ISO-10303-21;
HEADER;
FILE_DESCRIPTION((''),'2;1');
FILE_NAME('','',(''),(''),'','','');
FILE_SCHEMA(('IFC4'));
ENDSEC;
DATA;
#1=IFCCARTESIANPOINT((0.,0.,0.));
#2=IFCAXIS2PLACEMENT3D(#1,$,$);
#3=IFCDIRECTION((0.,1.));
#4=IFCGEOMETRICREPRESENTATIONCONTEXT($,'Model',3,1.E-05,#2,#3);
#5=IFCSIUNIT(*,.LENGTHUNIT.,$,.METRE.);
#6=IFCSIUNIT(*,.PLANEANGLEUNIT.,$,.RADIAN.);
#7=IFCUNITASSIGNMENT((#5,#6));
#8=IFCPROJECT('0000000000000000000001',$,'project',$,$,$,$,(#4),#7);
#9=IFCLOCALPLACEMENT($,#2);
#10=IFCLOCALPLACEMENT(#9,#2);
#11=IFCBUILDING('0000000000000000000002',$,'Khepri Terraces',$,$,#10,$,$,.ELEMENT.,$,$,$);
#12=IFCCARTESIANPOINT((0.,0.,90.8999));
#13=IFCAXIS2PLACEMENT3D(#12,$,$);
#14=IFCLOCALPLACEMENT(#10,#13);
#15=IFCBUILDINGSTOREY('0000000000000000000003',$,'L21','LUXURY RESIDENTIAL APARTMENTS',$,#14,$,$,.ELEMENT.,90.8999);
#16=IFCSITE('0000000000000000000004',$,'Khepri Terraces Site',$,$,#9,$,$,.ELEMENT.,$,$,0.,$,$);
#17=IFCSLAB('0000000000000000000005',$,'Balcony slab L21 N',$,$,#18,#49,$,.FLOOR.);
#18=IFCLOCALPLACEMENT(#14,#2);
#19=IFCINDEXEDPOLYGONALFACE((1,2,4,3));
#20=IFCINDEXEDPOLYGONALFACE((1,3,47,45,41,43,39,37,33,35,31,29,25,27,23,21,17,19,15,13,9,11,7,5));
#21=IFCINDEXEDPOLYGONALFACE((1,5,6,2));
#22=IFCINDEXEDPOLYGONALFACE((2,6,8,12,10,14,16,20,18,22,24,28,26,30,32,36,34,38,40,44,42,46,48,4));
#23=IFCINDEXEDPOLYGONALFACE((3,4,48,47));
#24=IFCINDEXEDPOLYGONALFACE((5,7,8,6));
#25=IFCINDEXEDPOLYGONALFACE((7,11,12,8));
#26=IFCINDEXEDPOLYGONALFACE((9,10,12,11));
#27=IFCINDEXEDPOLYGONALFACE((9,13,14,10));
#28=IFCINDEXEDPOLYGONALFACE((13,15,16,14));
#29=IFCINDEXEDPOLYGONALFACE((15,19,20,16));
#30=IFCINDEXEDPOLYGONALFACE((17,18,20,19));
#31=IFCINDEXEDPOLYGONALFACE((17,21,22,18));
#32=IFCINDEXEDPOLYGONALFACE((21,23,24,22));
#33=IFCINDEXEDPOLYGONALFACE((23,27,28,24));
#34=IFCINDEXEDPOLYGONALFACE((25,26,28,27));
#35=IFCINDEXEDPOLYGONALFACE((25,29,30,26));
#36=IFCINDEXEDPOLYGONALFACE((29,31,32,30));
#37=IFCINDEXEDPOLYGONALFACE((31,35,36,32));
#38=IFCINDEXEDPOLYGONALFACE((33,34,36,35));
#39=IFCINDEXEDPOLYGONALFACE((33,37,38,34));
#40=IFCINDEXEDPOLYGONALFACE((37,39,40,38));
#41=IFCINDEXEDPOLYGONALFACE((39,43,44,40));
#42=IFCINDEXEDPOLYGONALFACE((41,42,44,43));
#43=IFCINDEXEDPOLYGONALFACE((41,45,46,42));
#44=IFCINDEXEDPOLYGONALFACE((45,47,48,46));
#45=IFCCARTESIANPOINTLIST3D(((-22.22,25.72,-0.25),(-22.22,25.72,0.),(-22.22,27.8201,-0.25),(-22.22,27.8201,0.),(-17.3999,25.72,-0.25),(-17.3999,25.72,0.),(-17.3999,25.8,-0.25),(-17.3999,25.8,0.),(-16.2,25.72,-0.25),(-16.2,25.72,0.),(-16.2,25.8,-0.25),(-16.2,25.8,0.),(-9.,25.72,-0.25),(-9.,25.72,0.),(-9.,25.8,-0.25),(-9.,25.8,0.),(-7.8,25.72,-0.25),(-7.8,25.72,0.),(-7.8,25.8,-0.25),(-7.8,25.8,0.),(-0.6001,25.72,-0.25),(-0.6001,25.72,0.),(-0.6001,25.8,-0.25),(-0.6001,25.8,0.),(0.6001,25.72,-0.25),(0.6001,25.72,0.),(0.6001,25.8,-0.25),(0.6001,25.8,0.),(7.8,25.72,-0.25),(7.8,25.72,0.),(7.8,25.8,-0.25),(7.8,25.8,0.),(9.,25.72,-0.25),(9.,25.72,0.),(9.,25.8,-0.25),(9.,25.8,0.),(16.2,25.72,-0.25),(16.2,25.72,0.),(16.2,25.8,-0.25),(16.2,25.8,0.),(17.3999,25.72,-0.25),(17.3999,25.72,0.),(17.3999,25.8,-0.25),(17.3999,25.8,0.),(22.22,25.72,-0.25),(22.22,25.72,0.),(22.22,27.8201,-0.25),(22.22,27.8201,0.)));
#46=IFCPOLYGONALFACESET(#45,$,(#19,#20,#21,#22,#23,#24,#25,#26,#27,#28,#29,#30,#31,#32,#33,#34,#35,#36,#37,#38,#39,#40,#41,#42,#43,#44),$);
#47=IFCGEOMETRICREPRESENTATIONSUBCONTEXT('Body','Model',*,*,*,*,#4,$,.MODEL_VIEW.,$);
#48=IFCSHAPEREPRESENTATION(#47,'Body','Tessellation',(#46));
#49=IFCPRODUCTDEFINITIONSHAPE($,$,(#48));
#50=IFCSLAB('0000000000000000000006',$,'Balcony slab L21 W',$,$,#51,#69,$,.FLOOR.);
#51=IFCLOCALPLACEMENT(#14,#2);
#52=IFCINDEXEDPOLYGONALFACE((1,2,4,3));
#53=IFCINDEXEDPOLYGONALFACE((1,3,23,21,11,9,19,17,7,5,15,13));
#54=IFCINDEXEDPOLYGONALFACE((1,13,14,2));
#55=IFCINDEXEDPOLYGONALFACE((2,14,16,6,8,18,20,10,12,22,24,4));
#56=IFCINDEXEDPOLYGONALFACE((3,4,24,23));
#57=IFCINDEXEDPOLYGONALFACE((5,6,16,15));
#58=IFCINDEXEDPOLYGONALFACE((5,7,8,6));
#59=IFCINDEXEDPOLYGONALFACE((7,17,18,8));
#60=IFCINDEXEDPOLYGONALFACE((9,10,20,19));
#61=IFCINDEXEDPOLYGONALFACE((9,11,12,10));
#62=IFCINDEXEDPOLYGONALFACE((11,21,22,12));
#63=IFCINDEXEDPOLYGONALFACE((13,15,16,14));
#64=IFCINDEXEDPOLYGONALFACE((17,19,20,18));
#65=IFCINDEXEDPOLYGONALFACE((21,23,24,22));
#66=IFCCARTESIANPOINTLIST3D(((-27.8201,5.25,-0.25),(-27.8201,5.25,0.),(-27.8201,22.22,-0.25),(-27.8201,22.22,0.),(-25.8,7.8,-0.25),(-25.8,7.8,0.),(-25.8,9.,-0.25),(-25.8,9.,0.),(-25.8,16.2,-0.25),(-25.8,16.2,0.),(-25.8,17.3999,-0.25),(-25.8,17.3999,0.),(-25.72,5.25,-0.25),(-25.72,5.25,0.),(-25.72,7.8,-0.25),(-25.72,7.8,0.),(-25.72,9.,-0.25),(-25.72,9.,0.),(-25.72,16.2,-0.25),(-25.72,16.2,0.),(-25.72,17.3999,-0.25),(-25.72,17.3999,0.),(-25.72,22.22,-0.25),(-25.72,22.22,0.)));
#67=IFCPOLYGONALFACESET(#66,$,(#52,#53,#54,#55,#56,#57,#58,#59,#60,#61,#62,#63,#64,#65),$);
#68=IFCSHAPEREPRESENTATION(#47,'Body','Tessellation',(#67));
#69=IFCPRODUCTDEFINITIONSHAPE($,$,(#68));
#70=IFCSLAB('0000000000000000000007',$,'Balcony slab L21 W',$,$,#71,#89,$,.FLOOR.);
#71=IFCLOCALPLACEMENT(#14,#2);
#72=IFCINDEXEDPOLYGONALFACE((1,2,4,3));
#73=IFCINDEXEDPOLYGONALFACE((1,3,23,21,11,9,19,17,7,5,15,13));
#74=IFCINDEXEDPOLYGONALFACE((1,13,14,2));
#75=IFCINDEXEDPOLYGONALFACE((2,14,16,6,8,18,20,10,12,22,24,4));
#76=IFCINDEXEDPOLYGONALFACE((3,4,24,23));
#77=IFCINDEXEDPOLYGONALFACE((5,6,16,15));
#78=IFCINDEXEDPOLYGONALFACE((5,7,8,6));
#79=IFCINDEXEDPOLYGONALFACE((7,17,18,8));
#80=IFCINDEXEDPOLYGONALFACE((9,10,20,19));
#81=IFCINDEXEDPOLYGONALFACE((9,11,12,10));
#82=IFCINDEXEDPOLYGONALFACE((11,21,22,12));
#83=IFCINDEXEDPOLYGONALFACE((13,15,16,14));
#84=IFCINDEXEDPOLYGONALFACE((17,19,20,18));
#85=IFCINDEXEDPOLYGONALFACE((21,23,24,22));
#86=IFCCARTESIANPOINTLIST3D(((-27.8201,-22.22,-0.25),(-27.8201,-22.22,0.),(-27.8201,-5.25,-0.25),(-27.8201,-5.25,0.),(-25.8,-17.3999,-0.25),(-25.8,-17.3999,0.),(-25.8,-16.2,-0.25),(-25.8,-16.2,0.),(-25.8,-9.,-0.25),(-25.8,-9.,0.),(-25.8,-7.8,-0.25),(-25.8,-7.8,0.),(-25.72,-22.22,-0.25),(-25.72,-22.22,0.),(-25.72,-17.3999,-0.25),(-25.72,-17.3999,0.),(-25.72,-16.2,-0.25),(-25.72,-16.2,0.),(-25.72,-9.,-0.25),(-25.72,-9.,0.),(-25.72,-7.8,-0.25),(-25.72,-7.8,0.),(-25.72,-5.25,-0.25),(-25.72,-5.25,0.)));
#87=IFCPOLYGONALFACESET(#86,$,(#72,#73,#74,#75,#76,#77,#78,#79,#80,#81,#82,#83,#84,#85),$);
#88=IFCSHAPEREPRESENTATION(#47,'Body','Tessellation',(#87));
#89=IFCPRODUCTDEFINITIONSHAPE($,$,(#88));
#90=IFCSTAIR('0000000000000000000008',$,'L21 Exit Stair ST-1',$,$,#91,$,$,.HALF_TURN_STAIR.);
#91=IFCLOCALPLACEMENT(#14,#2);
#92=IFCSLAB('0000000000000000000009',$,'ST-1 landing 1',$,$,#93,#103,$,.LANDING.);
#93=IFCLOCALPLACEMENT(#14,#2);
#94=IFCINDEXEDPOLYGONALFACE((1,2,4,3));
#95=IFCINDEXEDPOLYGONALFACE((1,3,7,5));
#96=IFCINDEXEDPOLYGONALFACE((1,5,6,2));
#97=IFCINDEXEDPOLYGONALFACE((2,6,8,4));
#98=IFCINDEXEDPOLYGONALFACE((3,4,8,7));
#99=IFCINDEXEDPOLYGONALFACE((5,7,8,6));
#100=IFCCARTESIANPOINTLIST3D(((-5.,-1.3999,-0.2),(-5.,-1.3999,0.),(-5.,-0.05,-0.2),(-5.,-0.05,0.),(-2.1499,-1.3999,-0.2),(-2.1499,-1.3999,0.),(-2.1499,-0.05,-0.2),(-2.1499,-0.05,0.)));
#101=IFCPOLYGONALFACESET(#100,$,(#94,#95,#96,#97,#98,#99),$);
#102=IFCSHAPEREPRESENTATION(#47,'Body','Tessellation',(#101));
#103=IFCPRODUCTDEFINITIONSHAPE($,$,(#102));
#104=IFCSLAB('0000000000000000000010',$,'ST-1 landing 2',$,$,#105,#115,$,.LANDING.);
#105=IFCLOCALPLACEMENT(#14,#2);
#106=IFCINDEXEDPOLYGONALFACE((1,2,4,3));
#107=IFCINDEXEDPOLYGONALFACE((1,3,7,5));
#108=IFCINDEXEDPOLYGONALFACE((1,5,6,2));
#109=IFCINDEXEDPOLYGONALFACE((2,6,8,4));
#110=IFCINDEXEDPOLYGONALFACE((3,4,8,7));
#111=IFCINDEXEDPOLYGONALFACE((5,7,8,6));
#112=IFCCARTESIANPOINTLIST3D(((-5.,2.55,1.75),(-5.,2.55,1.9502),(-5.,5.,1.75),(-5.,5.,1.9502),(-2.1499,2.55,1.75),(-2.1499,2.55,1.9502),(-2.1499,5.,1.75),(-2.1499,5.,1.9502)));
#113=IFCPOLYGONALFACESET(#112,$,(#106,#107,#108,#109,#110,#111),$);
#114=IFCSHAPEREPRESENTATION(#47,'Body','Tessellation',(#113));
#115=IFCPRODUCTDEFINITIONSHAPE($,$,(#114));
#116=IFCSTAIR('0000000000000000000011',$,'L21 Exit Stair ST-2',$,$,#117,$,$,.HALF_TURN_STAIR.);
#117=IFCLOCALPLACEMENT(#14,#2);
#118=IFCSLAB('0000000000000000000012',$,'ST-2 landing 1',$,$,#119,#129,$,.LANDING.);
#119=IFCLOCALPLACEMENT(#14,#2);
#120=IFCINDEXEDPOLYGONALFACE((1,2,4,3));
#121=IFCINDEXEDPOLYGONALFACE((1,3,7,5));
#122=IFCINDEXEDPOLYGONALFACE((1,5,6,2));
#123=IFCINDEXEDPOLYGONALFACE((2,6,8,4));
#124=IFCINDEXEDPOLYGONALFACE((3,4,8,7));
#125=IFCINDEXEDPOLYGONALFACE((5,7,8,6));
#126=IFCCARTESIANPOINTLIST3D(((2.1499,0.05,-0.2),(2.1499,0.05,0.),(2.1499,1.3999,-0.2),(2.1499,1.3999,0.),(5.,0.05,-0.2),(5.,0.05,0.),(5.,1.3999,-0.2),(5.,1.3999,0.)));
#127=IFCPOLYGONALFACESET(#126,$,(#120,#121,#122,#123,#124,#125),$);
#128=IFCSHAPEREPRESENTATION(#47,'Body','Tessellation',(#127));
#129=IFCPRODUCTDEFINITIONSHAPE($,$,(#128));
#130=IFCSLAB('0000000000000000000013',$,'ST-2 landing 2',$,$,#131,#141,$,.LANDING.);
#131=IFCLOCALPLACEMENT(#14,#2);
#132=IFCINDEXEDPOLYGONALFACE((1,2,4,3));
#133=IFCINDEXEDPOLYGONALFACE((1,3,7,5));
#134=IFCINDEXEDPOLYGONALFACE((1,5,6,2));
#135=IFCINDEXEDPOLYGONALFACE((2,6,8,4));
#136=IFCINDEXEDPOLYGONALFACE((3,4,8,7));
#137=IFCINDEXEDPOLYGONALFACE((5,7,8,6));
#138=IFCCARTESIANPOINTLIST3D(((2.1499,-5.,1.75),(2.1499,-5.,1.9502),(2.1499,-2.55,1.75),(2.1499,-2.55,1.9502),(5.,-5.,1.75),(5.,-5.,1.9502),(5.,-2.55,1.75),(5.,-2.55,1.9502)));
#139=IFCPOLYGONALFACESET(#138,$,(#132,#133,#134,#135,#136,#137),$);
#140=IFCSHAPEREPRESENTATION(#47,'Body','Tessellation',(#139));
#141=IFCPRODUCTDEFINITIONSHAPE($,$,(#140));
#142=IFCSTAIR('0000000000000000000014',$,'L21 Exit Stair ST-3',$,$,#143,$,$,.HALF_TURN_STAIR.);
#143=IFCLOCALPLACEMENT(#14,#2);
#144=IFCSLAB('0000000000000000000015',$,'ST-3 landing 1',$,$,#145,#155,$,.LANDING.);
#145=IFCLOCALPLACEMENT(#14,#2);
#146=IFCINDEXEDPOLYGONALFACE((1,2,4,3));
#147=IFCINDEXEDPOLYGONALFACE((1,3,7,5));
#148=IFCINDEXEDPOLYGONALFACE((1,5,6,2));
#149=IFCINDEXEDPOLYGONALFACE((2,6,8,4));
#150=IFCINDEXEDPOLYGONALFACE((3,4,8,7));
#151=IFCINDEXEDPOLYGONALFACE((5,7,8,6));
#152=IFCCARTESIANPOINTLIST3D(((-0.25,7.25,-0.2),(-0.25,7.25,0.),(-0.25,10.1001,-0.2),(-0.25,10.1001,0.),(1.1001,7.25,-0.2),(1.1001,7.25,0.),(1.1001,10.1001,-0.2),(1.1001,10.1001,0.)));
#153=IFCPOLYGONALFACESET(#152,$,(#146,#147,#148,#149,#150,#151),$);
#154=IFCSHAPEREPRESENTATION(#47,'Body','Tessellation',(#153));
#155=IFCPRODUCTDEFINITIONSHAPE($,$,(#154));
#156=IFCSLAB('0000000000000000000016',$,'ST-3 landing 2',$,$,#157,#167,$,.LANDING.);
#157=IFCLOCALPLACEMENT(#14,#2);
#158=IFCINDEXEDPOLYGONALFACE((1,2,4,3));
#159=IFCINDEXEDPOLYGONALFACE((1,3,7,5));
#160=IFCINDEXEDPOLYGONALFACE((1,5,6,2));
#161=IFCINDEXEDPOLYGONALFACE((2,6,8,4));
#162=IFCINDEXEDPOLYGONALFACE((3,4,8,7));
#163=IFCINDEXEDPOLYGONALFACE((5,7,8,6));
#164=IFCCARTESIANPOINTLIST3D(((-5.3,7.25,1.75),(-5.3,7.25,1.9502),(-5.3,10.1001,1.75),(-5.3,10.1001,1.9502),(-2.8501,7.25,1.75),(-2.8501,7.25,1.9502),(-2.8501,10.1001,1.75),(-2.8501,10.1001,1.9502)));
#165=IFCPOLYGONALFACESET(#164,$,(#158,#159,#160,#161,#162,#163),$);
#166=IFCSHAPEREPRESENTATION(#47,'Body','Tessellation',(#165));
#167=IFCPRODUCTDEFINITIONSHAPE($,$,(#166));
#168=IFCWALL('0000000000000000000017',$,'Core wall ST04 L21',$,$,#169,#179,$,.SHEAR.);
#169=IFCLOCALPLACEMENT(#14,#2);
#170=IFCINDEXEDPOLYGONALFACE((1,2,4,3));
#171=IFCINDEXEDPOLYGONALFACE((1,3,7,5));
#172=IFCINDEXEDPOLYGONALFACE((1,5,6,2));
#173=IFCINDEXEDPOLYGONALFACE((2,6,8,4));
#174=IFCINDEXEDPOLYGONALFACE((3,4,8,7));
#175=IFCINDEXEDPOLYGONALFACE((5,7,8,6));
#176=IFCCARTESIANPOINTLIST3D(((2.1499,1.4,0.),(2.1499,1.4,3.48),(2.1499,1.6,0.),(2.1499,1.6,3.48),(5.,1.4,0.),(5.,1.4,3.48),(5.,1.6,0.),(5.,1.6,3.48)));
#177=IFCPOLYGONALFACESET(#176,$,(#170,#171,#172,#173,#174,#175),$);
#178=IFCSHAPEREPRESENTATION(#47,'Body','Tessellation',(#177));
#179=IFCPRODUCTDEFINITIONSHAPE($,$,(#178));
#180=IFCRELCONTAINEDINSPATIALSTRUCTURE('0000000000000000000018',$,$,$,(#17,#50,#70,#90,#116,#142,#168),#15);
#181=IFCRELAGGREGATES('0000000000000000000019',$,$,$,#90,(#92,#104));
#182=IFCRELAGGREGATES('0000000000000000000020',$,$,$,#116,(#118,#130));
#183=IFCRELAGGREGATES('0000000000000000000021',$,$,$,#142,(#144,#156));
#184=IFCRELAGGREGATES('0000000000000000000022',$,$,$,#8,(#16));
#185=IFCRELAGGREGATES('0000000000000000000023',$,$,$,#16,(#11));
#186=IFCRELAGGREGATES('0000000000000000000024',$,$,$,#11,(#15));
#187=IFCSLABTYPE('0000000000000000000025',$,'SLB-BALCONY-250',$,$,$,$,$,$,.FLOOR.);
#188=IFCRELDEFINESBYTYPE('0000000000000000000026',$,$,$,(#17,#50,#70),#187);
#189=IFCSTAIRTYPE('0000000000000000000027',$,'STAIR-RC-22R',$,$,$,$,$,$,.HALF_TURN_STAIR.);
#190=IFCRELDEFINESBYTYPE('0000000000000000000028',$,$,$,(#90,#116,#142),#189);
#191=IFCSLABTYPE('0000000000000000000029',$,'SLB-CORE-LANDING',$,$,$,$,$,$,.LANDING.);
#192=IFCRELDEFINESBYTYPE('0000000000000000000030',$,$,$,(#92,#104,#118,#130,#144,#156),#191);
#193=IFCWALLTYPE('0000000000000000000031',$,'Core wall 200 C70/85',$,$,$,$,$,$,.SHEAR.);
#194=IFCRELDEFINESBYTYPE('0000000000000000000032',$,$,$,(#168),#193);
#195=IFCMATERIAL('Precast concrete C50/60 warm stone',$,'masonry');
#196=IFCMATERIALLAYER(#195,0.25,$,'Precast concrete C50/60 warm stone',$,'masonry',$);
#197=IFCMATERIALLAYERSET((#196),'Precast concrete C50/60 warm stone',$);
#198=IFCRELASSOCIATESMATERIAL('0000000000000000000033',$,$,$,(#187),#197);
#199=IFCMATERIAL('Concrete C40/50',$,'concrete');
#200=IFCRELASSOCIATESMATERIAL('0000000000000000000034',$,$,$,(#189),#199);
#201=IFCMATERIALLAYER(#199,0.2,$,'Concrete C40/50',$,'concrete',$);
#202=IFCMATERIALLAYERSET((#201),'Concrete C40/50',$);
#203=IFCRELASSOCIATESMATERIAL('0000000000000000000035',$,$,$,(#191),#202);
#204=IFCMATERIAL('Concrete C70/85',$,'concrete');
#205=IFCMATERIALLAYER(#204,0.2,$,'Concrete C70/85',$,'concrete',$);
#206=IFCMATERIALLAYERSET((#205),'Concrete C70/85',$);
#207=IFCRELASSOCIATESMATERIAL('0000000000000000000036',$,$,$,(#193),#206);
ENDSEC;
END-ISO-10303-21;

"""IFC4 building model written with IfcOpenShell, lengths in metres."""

from ifc_helpers import new_model, si_unit, direction, frame, frame_2d, origin, place, context, subcontext, project, spatial, polyline, rectangle, outline, extrude, material, layer, layer_set, type_object, element, aggregate, save


model = new_model("IFC4")

# Units and contexts
model_context = context("Model", 3, precision=1e-05, world=origin(), true_north=direction((0.0, 1.0)))
body_context = subcontext(model_context, "Body", "Model", "MODEL_VIEW")
ifc_project = project(units=[si_unit("LENGTHUNIT", "METRE"), si_unit("PLANEANGLEUNIT", "RADIAN")], contexts=[model_context])

# Site, building, storey
site_placement = place(None, origin())
site = spatial("IfcSite", under=ifc_project, at=site_placement, Name="Khepri Terraces Site", CompositionType="ELEMENT", RefElevation=0.0)
building_placement = place(site_placement, origin())
building = spatial("IfcBuilding", under=site, at=building_placement, Name="Khepri Terraces", CompositionType="ELEMENT")
storey_placement = place(building_placement, frame((0.0, 0.0, 90.8999)))
storey = spatial("IfcBuildingStorey", under=building, at=storey_placement, Name="L21", Description="LUXURY RESIDENTIAL APARTMENTS", CompositionType="ELEMENT", Elevation=90.8999)

# Slabs
ifc_material_1 = material(Name="Precast concrete C50/60 warm stone", Category="masonry")
ifc_layer_1 = layer(ifc_material_1, 0.25, Name="Precast concrete C50/60 warm stone", Category="masonry")
ifc_layer_set_1 = layer_set([ifc_layer_1], Name="Precast concrete C50/60 warm stone")
slab_type_1 = type_object("IfcSlabType", Name="SLB-BALCONY-250", PredefinedType="FLOOR", material=ifc_layer_set_1)
slab_1_placement = place(storey_placement, frame((0.0, 0.0, -0.25)))
element("IfcSlab", 1, at=slab_1_placement, inside=storey, type_object=slab_type_1, Name="Balcony slab L21 N", PredefinedType="FLOOR", context=body_context, shape_type="SweptSolid", body=[
    extrude(outline(polyline([(17.3999, 25.72), (22.22, 25.72), (22.22, 27.8201), (-22.22, 27.8201), (-22.22, 25.72), (-17.3999, 25.72), (-17.3999, 25.8), (-16.2, 25.8), (-16.2, 25.72), (-9.0, 25.72), (-9.0, 25.8), (-7.8, 25.8), (-7.8, 25.72), (-0.6001, 25.72), (-0.6001, 25.8), (0.6001, 25.8), (0.6001, 25.72), (7.8, 25.72), (7.8, 25.8), (9.0, 25.8), (9.0, 25.72), (16.2, 25.72), (16.2, 25.8), (17.3999, 25.8), (17.3999, 25.72)])), origin(), (0.0, 0.0, 1.0), 0.25),
])
slab_2_placement = place(storey_placement, frame((0.0, 0.0, -0.25)))
element("IfcSlab", 2, at=slab_2_placement, inside=storey, type_object=slab_type_1, Name="Balcony slab L21 W", PredefinedType="FLOOR", context=body_context, shape_type="SweptSolid", body=[
    extrude(outline(polyline([(-25.72, 17.3999), (-25.72, 22.22), (-27.8201, 22.22), (-27.8201, 5.25), (-25.72, 5.25), (-25.72, 7.8), (-25.8, 7.8), (-25.8, 9.0), (-25.72, 9.0), (-25.72, 16.2), (-25.8, 16.2), (-25.8, 17.3999), (-25.72, 17.3999)])), origin(), (0.0, 0.0, 1.0), 0.25),
])
slab_3_placement = place(storey_placement, frame((0.0, 0.0, -0.25)))
element("IfcSlab", 3, at=slab_3_placement, inside=storey, type_object=slab_type_1, Name="Balcony slab L21 W", PredefinedType="FLOOR", context=body_context, shape_type="SweptSolid", body=[
    extrude(outline(polyline([(-25.72, -7.8), (-25.72, -5.25), (-27.8201, -5.25), (-27.8201, -22.22), (-25.72, -22.22), (-25.72, -17.3999), (-25.8, -17.3999), (-25.8, -16.2), (-25.72, -16.2), (-25.72, -9.0), (-25.8, -9.0), (-25.8, -7.8), (-25.72, -7.8)])), origin(), (0.0, 0.0, 1.0), 0.25),
])

# Stairs, slabs
ifc_material_2 = material(Name="Concrete C40/50", Category="concrete")
stair_type = type_object("IfcStairType", Name="STAIR-RC-22R", PredefinedType="HALF_TURN_STAIR", material=ifc_material_2)
stair_1_placement = place(storey_placement, origin())
stair_1 = element("IfcStair", 4, at=stair_1_placement, inside=storey, type_object=stair_type, Name="L21 Exit Stair ST-1", PredefinedType="HALF_TURN_STAIR")
ifc_layer_2 = layer(ifc_material_2, 0.2, Name="Concrete C40/50", Category="concrete")
ifc_layer_set_2 = layer_set([ifc_layer_2], Name="Concrete C40/50")
slab_type_2 = type_object("IfcSlabType", Name="SLB-CORE-LANDING", PredefinedType="LANDING", material=ifc_layer_set_2)
slab_4_placement = place(storey_placement, frame((0.0, 0.0, -0.2)))
slab_4 = element("IfcSlab", 5, at=slab_4_placement, type_object=slab_type_2, Name="ST-1 landing 1", PredefinedType="LANDING", context=body_context, shape_type="SweptSolid", body=[
    extrude(outline(polyline([(-2.1499, -1.3999), (-2.1499, -0.05), (-5.0, -0.05), (-5.0, -1.3999), (-2.1499, -1.3999)])), origin(), (0.0, 0.0, 1.0), 0.2),
])
slab_5_placement = place(storey_placement, frame((0.0, 0.0, 1.75)))
slab_5 = element("IfcSlab", 6, at=slab_5_placement, type_object=slab_type_2, Name="ST-1 landing 2", PredefinedType="LANDING", context=body_context, shape_type="SweptSolid", body=[
    extrude(outline(polyline([(-2.1499, 2.55), (-2.1499, 5.0), (-5.0, 5.0), (-5.0, 2.55), (-2.1499, 2.55)])), origin(), (0.0, 0.0, 1.0), 0.2002),
])
aggregate(stair_1, [slab_4, slab_5])
stair_2_placement = place(storey_placement, origin())
stair_2 = element("IfcStair", 7, at=stair_2_placement, inside=storey, type_object=stair_type, Name="L21 Exit Stair ST-2", PredefinedType="HALF_TURN_STAIR")
slab_6_placement = place(storey_placement, frame((0.0, 0.0, -0.2)))
slab_6 = element("IfcSlab", 8, at=slab_6_placement, type_object=slab_type_2, Name="ST-2 landing 1", PredefinedType="LANDING", context=body_context, shape_type="SweptSolid", body=[
    extrude(outline(polyline([(2.1499, 1.3999), (2.1499, 0.05), (5.0, 0.05), (5.0, 1.3999), (2.1499, 1.3999)])), origin(), (0.0, 0.0, 1.0), 0.2),
])
slab_7_placement = place(storey_placement, frame((0.0, 0.0, 1.75)))
slab_7 = element("IfcSlab", 9, at=slab_7_placement, type_object=slab_type_2, Name="ST-2 landing 2", PredefinedType="LANDING", context=body_context, shape_type="SweptSolid", body=[
    extrude(outline(polyline([(2.1499, -2.55), (2.1499, -5.0), (5.0, -5.0), (5.0, -2.55), (2.1499, -2.55)])), origin(), (0.0, 0.0, 1.0), 0.2002),
])
aggregate(stair_2, [slab_6, slab_7])
stair_3_placement = place(storey_placement, origin())
stair_3 = element("IfcStair", 10, at=stair_3_placement, inside=storey, type_object=stair_type, Name="L21 Exit Stair ST-3", PredefinedType="HALF_TURN_STAIR")
slab_8_placement = place(storey_placement, frame((0.0, 0.0, -0.2)))
slab_8 = element("IfcSlab", 11, at=slab_8_placement, type_object=slab_type_2, Name="ST-3 landing 1", PredefinedType="LANDING", context=body_context, shape_type="SweptSolid", body=[
    extrude(outline(polyline([(1.1001, 10.1001), (-0.25, 10.1001), (-0.25, 7.25), (1.1001, 7.25), (1.1001, 10.1001)])), origin(), (0.0, 0.0, 1.0), 0.2),
])
slab_9_placement = place(storey_placement, frame((0.0, 0.0, 1.75)))
slab_9 = element("IfcSlab", 12, at=slab_9_placement, type_object=slab_type_2, Name="ST-3 landing 2", PredefinedType="LANDING", context=body_context, shape_type="SweptSolid", body=[
    extrude(outline(polyline([(-2.8501, 10.1001), (-5.3, 10.1001), (-5.3, 7.25), (-2.8501, 7.25), (-2.8501, 10.1001)])), origin(), (0.0, 0.0, 1.0), 0.2002),
])
aggregate(stair_3, [slab_8, slab_9])

# Wall
ifc_material_3 = material(Name="Concrete C70/85", Category="concrete")
ifc_layer_3 = layer(ifc_material_3, 0.2, Name="Concrete C70/85", Category="concrete")
ifc_layer_set_3 = layer_set([ifc_layer_3], Name="Concrete C70/85")
wall_type = type_object("IfcWallType", Name="Core wall 200 C70/85", PredefinedType="SHEAR", material=ifc_layer_set_3)
wall_1_placement = place(storey_placement, frame((2.1499, 1.5, 0.0), z_axis=(0.0, 0.0, 1.0), x_axis=(1.0, 0.0, 0.0)))
element("IfcWall", 13, at=wall_1_placement, inside=storey, type_object=wall_type, Name="Core wall ST04 L21", PredefinedType="SHEAR", context=body_context, shape_type="SweptSolid", body=[
    extrude(rectangle(XDim=2.8501, YDim=0.2, at=frame_2d((1.425, 0.0))), origin(), (0.0, 0.0, 1.0), 3.48),
])

save(model, "model.ifc")
